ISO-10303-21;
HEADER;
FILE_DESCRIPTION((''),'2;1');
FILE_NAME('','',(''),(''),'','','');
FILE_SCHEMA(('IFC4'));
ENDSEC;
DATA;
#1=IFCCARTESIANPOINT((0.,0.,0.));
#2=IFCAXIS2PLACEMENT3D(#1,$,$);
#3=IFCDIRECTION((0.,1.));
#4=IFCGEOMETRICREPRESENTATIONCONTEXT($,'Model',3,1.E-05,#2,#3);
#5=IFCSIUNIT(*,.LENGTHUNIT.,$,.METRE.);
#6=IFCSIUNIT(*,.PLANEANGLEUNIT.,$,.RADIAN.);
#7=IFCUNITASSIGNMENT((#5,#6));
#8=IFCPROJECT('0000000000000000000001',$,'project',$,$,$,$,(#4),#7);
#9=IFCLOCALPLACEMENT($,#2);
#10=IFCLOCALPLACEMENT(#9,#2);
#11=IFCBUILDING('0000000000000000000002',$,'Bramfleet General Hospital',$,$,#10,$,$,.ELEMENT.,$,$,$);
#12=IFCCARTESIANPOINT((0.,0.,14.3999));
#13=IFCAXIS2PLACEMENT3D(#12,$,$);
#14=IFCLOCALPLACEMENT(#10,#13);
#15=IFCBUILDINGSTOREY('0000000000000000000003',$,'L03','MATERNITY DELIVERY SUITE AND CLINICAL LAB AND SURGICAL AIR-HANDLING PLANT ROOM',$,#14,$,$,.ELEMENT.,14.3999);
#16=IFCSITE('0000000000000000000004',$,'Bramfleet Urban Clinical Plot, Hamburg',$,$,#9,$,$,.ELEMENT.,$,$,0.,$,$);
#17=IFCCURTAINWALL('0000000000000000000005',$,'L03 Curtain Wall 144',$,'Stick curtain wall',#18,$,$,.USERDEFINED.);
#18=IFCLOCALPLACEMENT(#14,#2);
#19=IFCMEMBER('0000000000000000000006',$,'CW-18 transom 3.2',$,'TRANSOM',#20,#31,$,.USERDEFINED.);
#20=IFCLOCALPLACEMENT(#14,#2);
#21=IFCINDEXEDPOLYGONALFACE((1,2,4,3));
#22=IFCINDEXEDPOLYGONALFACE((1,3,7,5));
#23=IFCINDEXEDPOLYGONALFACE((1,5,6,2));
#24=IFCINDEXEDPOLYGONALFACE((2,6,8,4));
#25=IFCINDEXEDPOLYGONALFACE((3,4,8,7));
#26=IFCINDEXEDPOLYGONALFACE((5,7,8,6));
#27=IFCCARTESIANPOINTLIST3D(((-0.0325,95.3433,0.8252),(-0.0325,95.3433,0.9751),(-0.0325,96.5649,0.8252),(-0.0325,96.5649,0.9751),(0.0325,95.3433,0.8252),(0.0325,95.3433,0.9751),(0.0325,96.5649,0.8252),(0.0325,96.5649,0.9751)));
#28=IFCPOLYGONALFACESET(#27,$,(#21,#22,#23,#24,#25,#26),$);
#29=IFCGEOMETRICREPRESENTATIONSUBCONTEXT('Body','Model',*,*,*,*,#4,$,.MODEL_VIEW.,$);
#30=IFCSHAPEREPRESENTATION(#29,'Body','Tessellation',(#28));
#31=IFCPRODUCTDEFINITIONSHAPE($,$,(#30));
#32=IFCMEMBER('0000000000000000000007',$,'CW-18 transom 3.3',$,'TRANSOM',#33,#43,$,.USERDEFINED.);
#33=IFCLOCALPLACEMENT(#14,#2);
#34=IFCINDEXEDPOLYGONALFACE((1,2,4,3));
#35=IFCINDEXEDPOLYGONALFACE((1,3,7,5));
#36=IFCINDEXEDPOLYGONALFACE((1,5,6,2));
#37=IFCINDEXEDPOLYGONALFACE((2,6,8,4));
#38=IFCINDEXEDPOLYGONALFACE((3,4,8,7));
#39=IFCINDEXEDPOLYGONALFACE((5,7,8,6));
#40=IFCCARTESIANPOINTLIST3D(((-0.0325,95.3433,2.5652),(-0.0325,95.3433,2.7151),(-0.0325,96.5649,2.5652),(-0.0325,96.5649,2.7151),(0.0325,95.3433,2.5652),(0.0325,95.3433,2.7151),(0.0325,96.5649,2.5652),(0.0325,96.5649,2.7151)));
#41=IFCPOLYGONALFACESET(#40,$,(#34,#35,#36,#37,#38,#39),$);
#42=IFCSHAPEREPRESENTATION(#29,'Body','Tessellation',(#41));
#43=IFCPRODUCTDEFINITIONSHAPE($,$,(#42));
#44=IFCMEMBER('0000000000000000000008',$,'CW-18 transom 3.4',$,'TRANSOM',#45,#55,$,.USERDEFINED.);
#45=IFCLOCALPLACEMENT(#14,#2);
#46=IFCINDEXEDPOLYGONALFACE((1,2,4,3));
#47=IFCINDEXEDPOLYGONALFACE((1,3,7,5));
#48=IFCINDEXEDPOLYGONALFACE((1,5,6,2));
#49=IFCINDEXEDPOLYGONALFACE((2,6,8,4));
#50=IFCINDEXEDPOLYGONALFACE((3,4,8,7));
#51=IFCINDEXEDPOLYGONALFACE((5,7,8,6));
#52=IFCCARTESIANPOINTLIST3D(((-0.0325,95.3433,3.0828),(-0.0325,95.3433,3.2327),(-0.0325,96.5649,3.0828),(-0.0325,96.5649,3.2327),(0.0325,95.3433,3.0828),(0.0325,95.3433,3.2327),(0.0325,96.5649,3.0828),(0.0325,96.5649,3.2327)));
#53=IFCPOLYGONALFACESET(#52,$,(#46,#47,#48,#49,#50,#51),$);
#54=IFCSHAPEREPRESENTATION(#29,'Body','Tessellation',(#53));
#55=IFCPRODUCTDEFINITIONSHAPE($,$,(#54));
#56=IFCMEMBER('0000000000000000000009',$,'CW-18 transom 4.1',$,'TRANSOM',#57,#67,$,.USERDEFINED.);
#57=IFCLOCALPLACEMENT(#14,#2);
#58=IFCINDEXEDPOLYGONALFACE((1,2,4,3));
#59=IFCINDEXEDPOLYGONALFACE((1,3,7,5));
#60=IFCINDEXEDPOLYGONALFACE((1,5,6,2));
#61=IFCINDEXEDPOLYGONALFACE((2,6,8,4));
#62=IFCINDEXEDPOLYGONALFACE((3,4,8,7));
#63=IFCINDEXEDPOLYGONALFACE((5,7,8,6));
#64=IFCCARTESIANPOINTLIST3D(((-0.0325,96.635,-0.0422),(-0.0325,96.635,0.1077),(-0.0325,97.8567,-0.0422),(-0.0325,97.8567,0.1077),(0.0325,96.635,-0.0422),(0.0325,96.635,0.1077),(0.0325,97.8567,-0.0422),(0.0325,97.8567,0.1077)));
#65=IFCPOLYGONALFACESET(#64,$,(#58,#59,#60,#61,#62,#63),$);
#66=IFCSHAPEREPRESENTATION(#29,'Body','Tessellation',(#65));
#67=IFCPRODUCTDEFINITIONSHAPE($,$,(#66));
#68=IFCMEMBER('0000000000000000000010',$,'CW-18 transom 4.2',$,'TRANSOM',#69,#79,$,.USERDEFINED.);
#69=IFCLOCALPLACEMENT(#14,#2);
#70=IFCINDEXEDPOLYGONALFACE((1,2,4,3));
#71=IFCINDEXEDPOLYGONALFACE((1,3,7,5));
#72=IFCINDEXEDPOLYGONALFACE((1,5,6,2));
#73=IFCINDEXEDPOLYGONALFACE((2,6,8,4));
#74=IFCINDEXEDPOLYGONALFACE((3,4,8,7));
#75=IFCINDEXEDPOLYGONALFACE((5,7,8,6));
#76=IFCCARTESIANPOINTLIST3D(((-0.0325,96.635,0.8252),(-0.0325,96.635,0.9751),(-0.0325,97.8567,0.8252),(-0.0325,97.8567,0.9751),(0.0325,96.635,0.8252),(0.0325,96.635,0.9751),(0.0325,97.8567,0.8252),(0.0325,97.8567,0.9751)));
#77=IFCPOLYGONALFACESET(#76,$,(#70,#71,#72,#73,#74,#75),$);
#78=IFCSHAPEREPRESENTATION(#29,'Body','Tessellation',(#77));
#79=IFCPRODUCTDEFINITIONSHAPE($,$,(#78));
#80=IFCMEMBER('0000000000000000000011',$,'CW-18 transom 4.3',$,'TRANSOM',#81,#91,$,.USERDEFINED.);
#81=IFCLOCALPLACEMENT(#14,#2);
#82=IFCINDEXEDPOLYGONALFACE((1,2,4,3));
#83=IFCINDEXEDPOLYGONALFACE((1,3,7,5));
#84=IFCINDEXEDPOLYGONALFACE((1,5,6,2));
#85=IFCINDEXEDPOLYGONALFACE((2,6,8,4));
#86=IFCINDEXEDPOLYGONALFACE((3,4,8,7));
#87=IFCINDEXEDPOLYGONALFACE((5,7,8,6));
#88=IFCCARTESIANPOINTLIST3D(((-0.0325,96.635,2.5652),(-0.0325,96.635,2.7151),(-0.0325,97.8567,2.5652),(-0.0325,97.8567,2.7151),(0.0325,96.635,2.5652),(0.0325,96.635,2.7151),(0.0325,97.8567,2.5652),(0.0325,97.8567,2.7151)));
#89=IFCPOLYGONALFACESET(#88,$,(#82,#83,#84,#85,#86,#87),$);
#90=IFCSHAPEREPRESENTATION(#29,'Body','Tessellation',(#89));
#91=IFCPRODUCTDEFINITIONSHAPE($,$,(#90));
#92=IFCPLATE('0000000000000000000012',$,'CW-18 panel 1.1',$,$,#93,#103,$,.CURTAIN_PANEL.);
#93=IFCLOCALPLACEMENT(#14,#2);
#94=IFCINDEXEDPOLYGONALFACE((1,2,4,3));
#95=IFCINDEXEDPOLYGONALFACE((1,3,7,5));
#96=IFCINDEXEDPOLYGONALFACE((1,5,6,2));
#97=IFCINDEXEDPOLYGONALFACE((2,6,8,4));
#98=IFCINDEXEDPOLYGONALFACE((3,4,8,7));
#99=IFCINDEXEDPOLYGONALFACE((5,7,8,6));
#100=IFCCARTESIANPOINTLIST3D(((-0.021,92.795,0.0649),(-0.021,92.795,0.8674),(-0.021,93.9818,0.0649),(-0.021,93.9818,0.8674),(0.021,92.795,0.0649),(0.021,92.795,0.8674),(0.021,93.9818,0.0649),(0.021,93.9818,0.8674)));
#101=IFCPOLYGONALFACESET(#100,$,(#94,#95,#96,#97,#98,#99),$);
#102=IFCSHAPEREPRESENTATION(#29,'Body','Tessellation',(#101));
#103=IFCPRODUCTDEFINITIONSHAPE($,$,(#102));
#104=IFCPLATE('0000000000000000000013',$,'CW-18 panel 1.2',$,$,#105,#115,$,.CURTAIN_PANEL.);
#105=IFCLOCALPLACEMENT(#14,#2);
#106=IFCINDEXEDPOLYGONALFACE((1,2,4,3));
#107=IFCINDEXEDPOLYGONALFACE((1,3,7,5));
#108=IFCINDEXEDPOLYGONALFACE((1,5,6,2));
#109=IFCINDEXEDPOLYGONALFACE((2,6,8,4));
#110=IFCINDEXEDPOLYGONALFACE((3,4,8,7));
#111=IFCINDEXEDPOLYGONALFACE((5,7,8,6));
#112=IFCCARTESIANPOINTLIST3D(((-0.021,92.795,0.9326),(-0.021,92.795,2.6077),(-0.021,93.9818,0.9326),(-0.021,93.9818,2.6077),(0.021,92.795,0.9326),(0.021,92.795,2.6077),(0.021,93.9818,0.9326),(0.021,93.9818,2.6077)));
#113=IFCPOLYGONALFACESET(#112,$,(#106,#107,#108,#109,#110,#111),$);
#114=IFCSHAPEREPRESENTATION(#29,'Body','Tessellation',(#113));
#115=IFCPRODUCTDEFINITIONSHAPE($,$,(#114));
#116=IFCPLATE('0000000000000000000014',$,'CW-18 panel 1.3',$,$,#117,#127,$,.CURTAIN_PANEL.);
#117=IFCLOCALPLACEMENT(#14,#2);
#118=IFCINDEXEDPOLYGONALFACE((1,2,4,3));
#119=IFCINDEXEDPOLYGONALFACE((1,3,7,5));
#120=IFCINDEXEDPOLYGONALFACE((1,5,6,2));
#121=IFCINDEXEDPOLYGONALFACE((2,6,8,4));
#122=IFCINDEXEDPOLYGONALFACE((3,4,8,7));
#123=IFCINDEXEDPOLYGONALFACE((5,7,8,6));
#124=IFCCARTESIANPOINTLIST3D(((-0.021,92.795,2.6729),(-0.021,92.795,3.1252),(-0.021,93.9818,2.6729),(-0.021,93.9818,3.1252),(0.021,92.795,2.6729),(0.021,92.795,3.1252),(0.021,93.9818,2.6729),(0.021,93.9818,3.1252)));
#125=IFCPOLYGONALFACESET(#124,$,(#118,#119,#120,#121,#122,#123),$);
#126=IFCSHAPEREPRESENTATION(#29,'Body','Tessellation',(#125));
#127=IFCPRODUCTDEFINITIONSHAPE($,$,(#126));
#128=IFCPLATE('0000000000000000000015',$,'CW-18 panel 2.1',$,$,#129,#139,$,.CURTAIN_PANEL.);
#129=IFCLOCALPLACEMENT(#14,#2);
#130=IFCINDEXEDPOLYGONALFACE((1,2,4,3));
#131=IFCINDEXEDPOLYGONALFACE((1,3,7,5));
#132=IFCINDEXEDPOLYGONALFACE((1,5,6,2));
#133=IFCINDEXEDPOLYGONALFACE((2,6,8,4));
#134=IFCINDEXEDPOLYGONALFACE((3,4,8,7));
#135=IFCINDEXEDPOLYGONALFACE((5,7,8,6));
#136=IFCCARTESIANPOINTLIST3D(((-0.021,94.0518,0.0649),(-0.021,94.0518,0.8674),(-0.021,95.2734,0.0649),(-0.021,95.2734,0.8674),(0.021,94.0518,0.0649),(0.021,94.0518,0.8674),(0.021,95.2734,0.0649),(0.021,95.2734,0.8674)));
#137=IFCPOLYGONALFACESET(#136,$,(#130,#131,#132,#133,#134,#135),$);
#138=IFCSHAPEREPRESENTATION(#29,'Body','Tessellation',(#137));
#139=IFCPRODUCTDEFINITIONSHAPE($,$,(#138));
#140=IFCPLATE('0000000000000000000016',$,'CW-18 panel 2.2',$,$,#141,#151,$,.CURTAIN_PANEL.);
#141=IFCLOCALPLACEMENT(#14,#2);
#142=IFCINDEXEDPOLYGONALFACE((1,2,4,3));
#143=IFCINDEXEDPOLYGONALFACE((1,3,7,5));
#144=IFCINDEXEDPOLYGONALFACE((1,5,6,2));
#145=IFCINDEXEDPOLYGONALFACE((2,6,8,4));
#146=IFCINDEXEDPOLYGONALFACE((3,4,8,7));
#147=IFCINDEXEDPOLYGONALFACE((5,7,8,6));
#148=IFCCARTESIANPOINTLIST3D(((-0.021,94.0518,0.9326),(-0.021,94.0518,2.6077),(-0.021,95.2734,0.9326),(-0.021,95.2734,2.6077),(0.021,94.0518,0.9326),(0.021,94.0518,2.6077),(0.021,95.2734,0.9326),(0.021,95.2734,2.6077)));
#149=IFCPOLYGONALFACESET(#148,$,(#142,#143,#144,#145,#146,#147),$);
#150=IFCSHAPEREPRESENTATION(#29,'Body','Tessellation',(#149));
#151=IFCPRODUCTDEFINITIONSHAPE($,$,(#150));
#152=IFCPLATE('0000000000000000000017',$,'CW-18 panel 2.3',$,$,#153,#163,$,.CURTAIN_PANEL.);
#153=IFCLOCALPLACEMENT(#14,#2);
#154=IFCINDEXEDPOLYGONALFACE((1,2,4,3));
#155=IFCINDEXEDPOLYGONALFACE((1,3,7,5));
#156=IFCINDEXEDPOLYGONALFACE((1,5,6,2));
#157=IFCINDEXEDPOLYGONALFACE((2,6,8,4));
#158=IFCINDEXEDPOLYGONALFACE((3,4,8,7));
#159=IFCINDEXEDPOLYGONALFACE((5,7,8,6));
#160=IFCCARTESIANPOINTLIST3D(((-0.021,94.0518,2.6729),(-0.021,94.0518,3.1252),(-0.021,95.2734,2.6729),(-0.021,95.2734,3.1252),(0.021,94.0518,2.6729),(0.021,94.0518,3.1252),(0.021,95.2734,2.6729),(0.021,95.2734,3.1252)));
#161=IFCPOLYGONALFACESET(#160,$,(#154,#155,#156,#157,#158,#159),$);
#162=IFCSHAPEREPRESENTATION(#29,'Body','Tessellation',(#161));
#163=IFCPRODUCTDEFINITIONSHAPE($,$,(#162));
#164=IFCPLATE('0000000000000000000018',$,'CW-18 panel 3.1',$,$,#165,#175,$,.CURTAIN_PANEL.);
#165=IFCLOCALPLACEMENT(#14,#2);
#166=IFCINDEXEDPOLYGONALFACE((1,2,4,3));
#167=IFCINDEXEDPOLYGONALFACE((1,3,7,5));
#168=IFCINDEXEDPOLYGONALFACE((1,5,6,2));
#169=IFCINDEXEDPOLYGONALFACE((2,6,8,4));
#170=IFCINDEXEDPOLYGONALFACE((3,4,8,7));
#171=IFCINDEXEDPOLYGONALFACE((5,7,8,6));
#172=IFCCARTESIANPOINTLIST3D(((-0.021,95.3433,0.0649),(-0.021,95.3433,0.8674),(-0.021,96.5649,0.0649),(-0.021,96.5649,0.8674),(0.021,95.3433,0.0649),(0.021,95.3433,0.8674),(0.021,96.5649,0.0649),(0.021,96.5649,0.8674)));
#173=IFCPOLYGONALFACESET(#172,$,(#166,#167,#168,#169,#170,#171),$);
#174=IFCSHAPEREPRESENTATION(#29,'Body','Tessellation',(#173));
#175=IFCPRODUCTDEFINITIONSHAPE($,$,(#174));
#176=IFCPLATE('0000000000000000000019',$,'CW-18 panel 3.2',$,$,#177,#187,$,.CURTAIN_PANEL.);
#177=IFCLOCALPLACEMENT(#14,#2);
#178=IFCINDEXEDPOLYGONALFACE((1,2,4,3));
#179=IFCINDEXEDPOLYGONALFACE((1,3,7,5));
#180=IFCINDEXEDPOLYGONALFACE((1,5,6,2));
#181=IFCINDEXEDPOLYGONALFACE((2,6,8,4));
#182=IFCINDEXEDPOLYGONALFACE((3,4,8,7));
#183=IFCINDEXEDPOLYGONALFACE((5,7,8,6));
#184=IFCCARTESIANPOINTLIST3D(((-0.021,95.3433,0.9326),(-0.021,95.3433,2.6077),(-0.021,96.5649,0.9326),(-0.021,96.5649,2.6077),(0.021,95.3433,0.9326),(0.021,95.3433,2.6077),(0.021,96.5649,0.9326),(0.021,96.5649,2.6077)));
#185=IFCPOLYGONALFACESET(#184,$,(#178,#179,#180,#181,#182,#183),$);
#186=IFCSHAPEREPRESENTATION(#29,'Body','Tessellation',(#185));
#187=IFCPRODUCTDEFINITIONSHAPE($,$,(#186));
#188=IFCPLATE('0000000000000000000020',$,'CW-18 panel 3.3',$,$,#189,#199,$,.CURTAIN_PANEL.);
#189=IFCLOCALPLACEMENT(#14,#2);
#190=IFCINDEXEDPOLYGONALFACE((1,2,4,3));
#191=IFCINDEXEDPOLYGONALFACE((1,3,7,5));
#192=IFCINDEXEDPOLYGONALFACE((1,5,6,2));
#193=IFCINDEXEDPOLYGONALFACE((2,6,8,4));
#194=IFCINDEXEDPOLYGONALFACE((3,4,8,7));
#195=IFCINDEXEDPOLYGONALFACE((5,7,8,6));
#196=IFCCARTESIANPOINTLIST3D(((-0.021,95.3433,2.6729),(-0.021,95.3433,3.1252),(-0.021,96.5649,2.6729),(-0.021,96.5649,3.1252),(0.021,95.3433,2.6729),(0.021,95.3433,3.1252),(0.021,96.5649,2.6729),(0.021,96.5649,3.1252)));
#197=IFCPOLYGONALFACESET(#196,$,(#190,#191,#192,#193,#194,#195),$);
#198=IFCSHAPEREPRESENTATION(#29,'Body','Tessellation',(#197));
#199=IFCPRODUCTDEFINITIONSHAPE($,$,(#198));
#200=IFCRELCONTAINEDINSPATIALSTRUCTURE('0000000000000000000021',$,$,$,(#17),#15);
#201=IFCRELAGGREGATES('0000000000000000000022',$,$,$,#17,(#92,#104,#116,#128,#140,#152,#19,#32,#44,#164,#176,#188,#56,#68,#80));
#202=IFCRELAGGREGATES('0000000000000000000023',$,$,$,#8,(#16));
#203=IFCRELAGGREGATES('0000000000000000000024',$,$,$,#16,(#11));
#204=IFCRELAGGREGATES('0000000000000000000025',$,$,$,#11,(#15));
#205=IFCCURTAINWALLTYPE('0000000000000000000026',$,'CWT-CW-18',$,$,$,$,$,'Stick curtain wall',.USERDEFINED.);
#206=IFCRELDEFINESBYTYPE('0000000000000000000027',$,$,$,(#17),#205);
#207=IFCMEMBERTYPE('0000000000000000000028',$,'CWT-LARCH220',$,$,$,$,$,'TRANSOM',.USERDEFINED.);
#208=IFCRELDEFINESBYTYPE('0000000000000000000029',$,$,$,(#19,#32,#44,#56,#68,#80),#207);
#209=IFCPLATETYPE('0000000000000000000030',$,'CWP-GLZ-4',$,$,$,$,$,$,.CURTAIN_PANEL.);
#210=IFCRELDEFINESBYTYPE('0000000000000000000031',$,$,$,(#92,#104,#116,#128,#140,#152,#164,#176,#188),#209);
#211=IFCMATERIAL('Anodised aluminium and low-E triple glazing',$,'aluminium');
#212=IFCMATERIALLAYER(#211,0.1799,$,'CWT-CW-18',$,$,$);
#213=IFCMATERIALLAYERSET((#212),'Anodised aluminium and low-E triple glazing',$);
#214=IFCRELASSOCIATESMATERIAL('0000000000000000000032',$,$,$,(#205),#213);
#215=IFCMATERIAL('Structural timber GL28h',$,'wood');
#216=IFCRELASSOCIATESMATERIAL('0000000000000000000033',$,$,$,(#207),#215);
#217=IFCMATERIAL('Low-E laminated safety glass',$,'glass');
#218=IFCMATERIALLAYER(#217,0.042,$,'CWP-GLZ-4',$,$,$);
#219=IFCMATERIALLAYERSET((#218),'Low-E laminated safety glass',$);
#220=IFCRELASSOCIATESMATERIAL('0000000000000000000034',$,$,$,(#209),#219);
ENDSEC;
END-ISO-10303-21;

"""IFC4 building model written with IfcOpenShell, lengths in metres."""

from ifc_helpers import new_model, si_unit, direction, frame, origin, origin_2d, place, context, subcontext, project, spatial, rectangle, extrude, material, layer, layer_set, material_profile, profile_set, type_object, element, aggregate, save


model = new_model("IFC4")

# Units and contexts
model_context = context("Model", 3, precision=1e-05, world=origin(), true_north=direction((0.0, 1.0)))
body_context = subcontext(model_context, "Body", "Model", "MODEL_VIEW")
ifc_project = project(units=[si_unit("LENGTHUNIT", "METRE"), si_unit("PLANEANGLEUNIT", "RADIAN")], contexts=[model_context])

# Site, building, storey
site_placement = place(None, origin())
site = spatial("IfcSite", under=ifc_project, at=site_placement, Name="Bramfleet Urban Clinical Plot, Hamburg", CompositionType="ELEMENT", RefElevation=0.0)
building_placement = place(site_placement, origin())
building = spatial("IfcBuilding", under=site, at=building_placement, Name="Bramfleet General Hospital", CompositionType="ELEMENT")
storey_placement = place(building_placement, frame((0.0, 0.0, 14.3999)))
storey = spatial("IfcBuildingStorey", under=building, at=storey_placement, Name="L03", Description="MATERNITY DELIVERY SUITE AND CLINICAL LAB AND SURGICAL AIR-HANDLING PLANT ROOM", CompositionType="ELEMENT", Elevation=14.3999)

# Curtain wall, members, plates
ifc_material_1 = material(Name="Anodised aluminium and low-E triple glazing", Category="aluminium")
ifc_layer_1 = layer(ifc_material_1, 0.1799, Name="CWT-CW-18")
ifc_layer_set_1 = layer_set([ifc_layer_1], Name="Anodised aluminium and low-E triple glazing")
curtain_wall_type = type_object("IfcCurtainWallType", Name="CWT-CW-18", ElementType="Stick curtain wall", PredefinedType="USERDEFINED", material=ifc_layer_set_1)
curtain_wall_placement = place(storey_placement, origin())
curtain_wall = element("IfcCurtainWall", 1, at=curtain_wall_placement, inside=storey, type_object=curtain_wall_type, Name="L03 Curtain Wall 144", ObjectType="Stick curtain wall", PredefinedType="USERDEFINED")
ifc_material_2 = material(Name="Structural timber GL28h", Category="wood")
ifc_material_profile_1 = material_profile(ifc_material_2, rectangle(XDim=0.0649, YDim=0.1499, at=origin_2d()), Name="LARCH 150x65")
ifc_profile_set_1 = profile_set([ifc_material_profile_1], Name="Structural timber GL28h")
member_type_1 = type_object("IfcMemberType", Name="CWT-LARCH220", ElementType="TRANSOM", PredefinedType="USERDEFINED", material=ifc_profile_set_1)
member_1_placement = place(storey_placement, frame((0.0, 95.3433, 0.9001), z_axis=(0.0, 1.0, 0.0), x_axis=(-1.0, 0.0, 0.0)))
member_1 = element("IfcMember", 2, at=member_1_placement, type_object=member_type_1, Name="CW-18 transom 3.2", ObjectType="TRANSOM", PredefinedType="USERDEFINED", context=body_context, shape_type="SweptSolid", body=[
    extrude(rectangle(XDim=0.0649, YDim=0.1499, at=origin_2d()), origin(), (0.0, 0.0, 1.0), 1.2217),
])
member_2_placement = place(storey_placement, frame((0.0, 95.3433, 2.6401), z_axis=(0.0, 1.0, 0.0), x_axis=(-1.0, 0.0, 0.0)))
member_2 = element("IfcMember", 3, at=member_2_placement, type_object=member_type_1, Name="CW-18 transom 3.3", ObjectType="TRANSOM", PredefinedType="USERDEFINED", context=body_context, shape_type="SweptSolid", body=[
    extrude(rectangle(XDim=0.0649, YDim=0.1499, at=origin_2d()), origin(), (0.0, 0.0, 1.0), 1.2217),
])
member_3_placement = place(storey_placement, frame((0.0, 95.3433, 3.1577), z_axis=(0.0, 1.0, 0.0), x_axis=(-1.0, 0.0, 0.0)))
member_3 = element("IfcMember", 4, at=member_3_placement, type_object=member_type_1, Name="CW-18 transom 3.4", ObjectType="TRANSOM", PredefinedType="USERDEFINED", context=body_context, shape_type="SweptSolid", body=[
    extrude(rectangle(XDim=0.0649, YDim=0.1499, at=origin_2d()), origin(), (0.0, 0.0, 1.0), 1.2217),
])
member_4_placement = place(storey_placement, frame((0.0, 96.635, 0.0327), z_axis=(0.0, 1.0, 0.0), x_axis=(-1.0, 0.0, 0.0)))
member_4 = element("IfcMember", 5, at=member_4_placement, type_object=member_type_1, Name="CW-18 transom 4.1", ObjectType="TRANSOM", PredefinedType="USERDEFINED", context=body_context, shape_type="SweptSolid", body=[
    extrude(rectangle(XDim=0.0649, YDim=0.1499, at=origin_2d()), origin(), (0.0, 0.0, 1.0), 1.2217),
])
member_5_placement = place(storey_placement, frame((0.0, 96.635, 0.9001), z_axis=(0.0, 1.0, 0.0), x_axis=(-1.0, 0.0, 0.0)))
member_5 = element("IfcMember", 6, at=member_5_placement, type_object=member_type_1, Name="CW-18 transom 4.2", ObjectType="TRANSOM", PredefinedType="USERDEFINED", context=body_context, shape_type="SweptSolid", body=[
    extrude(rectangle(XDim=0.0649, YDim=0.1499, at=origin_2d()), origin(), (0.0, 0.0, 1.0), 1.2217),
])
member_6_placement = place(storey_placement, frame((0.0, 96.635, 2.6401), z_axis=(0.0, 1.0, 0.0), x_axis=(-1.0, 0.0, 0.0)))
member_6 = element("IfcMember", 7, at=member_6_placement, type_object=member_type_1, Name="CW-18 transom 4.3", ObjectType="TRANSOM", PredefinedType="USERDEFINED", context=body_context, shape_type="SweptSolid", body=[
    extrude(rectangle(XDim=0.0649, YDim=0.1499, at=origin_2d()), origin(), (0.0, 0.0, 1.0), 1.2217),
])
ifc_material_3 = material(Name="Low-E laminated safety glass", Category="glass")
ifc_layer_2 = layer(ifc_material_3, 0.042, Name="CWP-GLZ-4")
ifc_layer_set_2 = layer_set([ifc_layer_2], Name="Low-E laminated safety glass")
plate_type = type_object("IfcPlateType", Name="CWP-GLZ-4", PredefinedType="CURTAIN_PANEL", material=ifc_layer_set_2)
plate_1_placement = place(storey_placement, frame((0.0, 93.3884, 0.0649), z_axis=(0.0, 0.0, 1.0), x_axis=(0.0, 1.0, 0.0)))
plate_1 = element("IfcPlate", 8, at=plate_1_placement, type_object=plate_type, Name="CW-18 panel 1.1", PredefinedType="CURTAIN_PANEL", context=body_context, shape_type="SweptSolid", body=[
    extrude(rectangle(XDim=1.1868, YDim=0.042, at=origin_2d()), origin(), (0.0, 0.0, 1.0), 0.8025),
])
plate_2_placement = place(storey_placement, frame((0.0, 93.3884, 0.9326), z_axis=(0.0, 0.0, 1.0), x_axis=(0.0, 1.0, 0.0)))
plate_2 = element("IfcPlate", 9, at=plate_2_placement, type_object=plate_type, Name="CW-18 panel 1.2", PredefinedType="CURTAIN_PANEL", context=body_context, shape_type="SweptSolid", body=[
    extrude(rectangle(XDim=1.1868, YDim=0.042, at=origin_2d()), origin(), (0.0, 0.0, 1.0), 1.675),
])
plate_3_placement = place(storey_placement, frame((0.0, 93.3884, 2.6729), z_axis=(0.0, 0.0, 1.0), x_axis=(0.0, 1.0, 0.0)))
plate_3 = element("IfcPlate", 10, at=plate_3_placement, type_object=plate_type, Name="CW-18 panel 1.3", PredefinedType="CURTAIN_PANEL", context=body_context, shape_type="SweptSolid", body=[
    extrude(rectangle(XDim=1.1868, YDim=0.042, at=origin_2d()), origin(), (0.0, 0.0, 1.0), 0.4524),
])
plate_4_placement = place(storey_placement, frame((0.0, 94.6626, 0.0649), z_axis=(0.0, 0.0, 1.0), x_axis=(0.0, 1.0, 0.0)))
plate_4 = element("IfcPlate", 11, at=plate_4_placement, type_object=plate_type, Name="CW-18 panel 2.1", PredefinedType="CURTAIN_PANEL", context=body_context, shape_type="SweptSolid", body=[
    extrude(rectangle(XDim=1.2217, YDim=0.042, at=origin_2d()), origin(), (0.0, 0.0, 1.0), 0.8025),
])
plate_5_placement = place(storey_placement, frame((0.0, 94.6626, 0.9326), z_axis=(0.0, 0.0, 1.0), x_axis=(0.0, 1.0, 0.0)))
plate_5 = element("IfcPlate", 12, at=plate_5_placement, type_object=plate_type, Name="CW-18 panel 2.2", PredefinedType="CURTAIN_PANEL", context=body_context, shape_type="SweptSolid", body=[
    extrude(rectangle(XDim=1.2217, YDim=0.042, at=origin_2d()), origin(), (0.0, 0.0, 1.0), 1.675),
])
plate_6_placement = place(storey_placement, frame((0.0, 94.6626, 2.6729), z_axis=(0.0, 0.0, 1.0), x_axis=(0.0, 1.0, 0.0)))
plate_6 = element("IfcPlate", 13, at=plate_6_placement, type_object=plate_type, Name="CW-18 panel 2.3", PredefinedType="CURTAIN_PANEL", context=body_context, shape_type="SweptSolid", body=[
    extrude(rectangle(XDim=1.2217, YDim=0.042, at=origin_2d()), origin(), (0.0, 0.0, 1.0), 0.4524),
])
plate_7_placement = place(storey_placement, frame((0.0, 95.9541, 0.0649), z_axis=(0.0, 0.0, 1.0), x_axis=(0.0, 1.0, 0.0)))
plate_7 = element("IfcPlate", 14, at=plate_7_placement, type_object=plate_type, Name="CW-18 panel 3.1", PredefinedType="CURTAIN_PANEL", context=body_context, shape_type="SweptSolid", body=[
    extrude(rectangle(XDim=1.2217, YDim=0.042, at=origin_2d()), origin(), (0.0, 0.0, 1.0), 0.8025),
])
plate_8_placement = place(storey_placement, frame((0.0, 95.9541, 0.9326), z_axis=(0.0, 0.0, 1.0), x_axis=(0.0, 1.0, 0.0)))
plate_8 = element("IfcPlate", 15, at=plate_8_placement, type_object=plate_type, Name="CW-18 panel 3.2", PredefinedType="CURTAIN_PANEL", context=body_context, shape_type="SweptSolid", body=[
    extrude(rectangle(XDim=1.2217, YDim=0.042, at=origin_2d()), origin(), (0.0, 0.0, 1.0), 1.675),
])
plate_9_placement = place(storey_placement, frame((0.0, 95.9541, 2.6729), z_axis=(0.0, 0.0, 1.0), x_axis=(0.0, 1.0, 0.0)))
plate_9 = element("IfcPlate", 16, at=plate_9_placement, type_object=plate_type, Name="CW-18 panel 3.3", PredefinedType="CURTAIN_PANEL", context=body_context, shape_type="SweptSolid", body=[
    extrude(rectangle(XDim=1.2217, YDim=0.042, at=origin_2d()), origin(), (0.0, 0.0, 1.0), 0.4524),
])
aggregate(curtain_wall, [plate_1, plate_2, plate_3, plate_4, plate_5, plate_6, member_1, member_2, member_3, plate_7, plate_8, plate_9, member_4, member_5, member_6])

save(model, "model.ifc")
